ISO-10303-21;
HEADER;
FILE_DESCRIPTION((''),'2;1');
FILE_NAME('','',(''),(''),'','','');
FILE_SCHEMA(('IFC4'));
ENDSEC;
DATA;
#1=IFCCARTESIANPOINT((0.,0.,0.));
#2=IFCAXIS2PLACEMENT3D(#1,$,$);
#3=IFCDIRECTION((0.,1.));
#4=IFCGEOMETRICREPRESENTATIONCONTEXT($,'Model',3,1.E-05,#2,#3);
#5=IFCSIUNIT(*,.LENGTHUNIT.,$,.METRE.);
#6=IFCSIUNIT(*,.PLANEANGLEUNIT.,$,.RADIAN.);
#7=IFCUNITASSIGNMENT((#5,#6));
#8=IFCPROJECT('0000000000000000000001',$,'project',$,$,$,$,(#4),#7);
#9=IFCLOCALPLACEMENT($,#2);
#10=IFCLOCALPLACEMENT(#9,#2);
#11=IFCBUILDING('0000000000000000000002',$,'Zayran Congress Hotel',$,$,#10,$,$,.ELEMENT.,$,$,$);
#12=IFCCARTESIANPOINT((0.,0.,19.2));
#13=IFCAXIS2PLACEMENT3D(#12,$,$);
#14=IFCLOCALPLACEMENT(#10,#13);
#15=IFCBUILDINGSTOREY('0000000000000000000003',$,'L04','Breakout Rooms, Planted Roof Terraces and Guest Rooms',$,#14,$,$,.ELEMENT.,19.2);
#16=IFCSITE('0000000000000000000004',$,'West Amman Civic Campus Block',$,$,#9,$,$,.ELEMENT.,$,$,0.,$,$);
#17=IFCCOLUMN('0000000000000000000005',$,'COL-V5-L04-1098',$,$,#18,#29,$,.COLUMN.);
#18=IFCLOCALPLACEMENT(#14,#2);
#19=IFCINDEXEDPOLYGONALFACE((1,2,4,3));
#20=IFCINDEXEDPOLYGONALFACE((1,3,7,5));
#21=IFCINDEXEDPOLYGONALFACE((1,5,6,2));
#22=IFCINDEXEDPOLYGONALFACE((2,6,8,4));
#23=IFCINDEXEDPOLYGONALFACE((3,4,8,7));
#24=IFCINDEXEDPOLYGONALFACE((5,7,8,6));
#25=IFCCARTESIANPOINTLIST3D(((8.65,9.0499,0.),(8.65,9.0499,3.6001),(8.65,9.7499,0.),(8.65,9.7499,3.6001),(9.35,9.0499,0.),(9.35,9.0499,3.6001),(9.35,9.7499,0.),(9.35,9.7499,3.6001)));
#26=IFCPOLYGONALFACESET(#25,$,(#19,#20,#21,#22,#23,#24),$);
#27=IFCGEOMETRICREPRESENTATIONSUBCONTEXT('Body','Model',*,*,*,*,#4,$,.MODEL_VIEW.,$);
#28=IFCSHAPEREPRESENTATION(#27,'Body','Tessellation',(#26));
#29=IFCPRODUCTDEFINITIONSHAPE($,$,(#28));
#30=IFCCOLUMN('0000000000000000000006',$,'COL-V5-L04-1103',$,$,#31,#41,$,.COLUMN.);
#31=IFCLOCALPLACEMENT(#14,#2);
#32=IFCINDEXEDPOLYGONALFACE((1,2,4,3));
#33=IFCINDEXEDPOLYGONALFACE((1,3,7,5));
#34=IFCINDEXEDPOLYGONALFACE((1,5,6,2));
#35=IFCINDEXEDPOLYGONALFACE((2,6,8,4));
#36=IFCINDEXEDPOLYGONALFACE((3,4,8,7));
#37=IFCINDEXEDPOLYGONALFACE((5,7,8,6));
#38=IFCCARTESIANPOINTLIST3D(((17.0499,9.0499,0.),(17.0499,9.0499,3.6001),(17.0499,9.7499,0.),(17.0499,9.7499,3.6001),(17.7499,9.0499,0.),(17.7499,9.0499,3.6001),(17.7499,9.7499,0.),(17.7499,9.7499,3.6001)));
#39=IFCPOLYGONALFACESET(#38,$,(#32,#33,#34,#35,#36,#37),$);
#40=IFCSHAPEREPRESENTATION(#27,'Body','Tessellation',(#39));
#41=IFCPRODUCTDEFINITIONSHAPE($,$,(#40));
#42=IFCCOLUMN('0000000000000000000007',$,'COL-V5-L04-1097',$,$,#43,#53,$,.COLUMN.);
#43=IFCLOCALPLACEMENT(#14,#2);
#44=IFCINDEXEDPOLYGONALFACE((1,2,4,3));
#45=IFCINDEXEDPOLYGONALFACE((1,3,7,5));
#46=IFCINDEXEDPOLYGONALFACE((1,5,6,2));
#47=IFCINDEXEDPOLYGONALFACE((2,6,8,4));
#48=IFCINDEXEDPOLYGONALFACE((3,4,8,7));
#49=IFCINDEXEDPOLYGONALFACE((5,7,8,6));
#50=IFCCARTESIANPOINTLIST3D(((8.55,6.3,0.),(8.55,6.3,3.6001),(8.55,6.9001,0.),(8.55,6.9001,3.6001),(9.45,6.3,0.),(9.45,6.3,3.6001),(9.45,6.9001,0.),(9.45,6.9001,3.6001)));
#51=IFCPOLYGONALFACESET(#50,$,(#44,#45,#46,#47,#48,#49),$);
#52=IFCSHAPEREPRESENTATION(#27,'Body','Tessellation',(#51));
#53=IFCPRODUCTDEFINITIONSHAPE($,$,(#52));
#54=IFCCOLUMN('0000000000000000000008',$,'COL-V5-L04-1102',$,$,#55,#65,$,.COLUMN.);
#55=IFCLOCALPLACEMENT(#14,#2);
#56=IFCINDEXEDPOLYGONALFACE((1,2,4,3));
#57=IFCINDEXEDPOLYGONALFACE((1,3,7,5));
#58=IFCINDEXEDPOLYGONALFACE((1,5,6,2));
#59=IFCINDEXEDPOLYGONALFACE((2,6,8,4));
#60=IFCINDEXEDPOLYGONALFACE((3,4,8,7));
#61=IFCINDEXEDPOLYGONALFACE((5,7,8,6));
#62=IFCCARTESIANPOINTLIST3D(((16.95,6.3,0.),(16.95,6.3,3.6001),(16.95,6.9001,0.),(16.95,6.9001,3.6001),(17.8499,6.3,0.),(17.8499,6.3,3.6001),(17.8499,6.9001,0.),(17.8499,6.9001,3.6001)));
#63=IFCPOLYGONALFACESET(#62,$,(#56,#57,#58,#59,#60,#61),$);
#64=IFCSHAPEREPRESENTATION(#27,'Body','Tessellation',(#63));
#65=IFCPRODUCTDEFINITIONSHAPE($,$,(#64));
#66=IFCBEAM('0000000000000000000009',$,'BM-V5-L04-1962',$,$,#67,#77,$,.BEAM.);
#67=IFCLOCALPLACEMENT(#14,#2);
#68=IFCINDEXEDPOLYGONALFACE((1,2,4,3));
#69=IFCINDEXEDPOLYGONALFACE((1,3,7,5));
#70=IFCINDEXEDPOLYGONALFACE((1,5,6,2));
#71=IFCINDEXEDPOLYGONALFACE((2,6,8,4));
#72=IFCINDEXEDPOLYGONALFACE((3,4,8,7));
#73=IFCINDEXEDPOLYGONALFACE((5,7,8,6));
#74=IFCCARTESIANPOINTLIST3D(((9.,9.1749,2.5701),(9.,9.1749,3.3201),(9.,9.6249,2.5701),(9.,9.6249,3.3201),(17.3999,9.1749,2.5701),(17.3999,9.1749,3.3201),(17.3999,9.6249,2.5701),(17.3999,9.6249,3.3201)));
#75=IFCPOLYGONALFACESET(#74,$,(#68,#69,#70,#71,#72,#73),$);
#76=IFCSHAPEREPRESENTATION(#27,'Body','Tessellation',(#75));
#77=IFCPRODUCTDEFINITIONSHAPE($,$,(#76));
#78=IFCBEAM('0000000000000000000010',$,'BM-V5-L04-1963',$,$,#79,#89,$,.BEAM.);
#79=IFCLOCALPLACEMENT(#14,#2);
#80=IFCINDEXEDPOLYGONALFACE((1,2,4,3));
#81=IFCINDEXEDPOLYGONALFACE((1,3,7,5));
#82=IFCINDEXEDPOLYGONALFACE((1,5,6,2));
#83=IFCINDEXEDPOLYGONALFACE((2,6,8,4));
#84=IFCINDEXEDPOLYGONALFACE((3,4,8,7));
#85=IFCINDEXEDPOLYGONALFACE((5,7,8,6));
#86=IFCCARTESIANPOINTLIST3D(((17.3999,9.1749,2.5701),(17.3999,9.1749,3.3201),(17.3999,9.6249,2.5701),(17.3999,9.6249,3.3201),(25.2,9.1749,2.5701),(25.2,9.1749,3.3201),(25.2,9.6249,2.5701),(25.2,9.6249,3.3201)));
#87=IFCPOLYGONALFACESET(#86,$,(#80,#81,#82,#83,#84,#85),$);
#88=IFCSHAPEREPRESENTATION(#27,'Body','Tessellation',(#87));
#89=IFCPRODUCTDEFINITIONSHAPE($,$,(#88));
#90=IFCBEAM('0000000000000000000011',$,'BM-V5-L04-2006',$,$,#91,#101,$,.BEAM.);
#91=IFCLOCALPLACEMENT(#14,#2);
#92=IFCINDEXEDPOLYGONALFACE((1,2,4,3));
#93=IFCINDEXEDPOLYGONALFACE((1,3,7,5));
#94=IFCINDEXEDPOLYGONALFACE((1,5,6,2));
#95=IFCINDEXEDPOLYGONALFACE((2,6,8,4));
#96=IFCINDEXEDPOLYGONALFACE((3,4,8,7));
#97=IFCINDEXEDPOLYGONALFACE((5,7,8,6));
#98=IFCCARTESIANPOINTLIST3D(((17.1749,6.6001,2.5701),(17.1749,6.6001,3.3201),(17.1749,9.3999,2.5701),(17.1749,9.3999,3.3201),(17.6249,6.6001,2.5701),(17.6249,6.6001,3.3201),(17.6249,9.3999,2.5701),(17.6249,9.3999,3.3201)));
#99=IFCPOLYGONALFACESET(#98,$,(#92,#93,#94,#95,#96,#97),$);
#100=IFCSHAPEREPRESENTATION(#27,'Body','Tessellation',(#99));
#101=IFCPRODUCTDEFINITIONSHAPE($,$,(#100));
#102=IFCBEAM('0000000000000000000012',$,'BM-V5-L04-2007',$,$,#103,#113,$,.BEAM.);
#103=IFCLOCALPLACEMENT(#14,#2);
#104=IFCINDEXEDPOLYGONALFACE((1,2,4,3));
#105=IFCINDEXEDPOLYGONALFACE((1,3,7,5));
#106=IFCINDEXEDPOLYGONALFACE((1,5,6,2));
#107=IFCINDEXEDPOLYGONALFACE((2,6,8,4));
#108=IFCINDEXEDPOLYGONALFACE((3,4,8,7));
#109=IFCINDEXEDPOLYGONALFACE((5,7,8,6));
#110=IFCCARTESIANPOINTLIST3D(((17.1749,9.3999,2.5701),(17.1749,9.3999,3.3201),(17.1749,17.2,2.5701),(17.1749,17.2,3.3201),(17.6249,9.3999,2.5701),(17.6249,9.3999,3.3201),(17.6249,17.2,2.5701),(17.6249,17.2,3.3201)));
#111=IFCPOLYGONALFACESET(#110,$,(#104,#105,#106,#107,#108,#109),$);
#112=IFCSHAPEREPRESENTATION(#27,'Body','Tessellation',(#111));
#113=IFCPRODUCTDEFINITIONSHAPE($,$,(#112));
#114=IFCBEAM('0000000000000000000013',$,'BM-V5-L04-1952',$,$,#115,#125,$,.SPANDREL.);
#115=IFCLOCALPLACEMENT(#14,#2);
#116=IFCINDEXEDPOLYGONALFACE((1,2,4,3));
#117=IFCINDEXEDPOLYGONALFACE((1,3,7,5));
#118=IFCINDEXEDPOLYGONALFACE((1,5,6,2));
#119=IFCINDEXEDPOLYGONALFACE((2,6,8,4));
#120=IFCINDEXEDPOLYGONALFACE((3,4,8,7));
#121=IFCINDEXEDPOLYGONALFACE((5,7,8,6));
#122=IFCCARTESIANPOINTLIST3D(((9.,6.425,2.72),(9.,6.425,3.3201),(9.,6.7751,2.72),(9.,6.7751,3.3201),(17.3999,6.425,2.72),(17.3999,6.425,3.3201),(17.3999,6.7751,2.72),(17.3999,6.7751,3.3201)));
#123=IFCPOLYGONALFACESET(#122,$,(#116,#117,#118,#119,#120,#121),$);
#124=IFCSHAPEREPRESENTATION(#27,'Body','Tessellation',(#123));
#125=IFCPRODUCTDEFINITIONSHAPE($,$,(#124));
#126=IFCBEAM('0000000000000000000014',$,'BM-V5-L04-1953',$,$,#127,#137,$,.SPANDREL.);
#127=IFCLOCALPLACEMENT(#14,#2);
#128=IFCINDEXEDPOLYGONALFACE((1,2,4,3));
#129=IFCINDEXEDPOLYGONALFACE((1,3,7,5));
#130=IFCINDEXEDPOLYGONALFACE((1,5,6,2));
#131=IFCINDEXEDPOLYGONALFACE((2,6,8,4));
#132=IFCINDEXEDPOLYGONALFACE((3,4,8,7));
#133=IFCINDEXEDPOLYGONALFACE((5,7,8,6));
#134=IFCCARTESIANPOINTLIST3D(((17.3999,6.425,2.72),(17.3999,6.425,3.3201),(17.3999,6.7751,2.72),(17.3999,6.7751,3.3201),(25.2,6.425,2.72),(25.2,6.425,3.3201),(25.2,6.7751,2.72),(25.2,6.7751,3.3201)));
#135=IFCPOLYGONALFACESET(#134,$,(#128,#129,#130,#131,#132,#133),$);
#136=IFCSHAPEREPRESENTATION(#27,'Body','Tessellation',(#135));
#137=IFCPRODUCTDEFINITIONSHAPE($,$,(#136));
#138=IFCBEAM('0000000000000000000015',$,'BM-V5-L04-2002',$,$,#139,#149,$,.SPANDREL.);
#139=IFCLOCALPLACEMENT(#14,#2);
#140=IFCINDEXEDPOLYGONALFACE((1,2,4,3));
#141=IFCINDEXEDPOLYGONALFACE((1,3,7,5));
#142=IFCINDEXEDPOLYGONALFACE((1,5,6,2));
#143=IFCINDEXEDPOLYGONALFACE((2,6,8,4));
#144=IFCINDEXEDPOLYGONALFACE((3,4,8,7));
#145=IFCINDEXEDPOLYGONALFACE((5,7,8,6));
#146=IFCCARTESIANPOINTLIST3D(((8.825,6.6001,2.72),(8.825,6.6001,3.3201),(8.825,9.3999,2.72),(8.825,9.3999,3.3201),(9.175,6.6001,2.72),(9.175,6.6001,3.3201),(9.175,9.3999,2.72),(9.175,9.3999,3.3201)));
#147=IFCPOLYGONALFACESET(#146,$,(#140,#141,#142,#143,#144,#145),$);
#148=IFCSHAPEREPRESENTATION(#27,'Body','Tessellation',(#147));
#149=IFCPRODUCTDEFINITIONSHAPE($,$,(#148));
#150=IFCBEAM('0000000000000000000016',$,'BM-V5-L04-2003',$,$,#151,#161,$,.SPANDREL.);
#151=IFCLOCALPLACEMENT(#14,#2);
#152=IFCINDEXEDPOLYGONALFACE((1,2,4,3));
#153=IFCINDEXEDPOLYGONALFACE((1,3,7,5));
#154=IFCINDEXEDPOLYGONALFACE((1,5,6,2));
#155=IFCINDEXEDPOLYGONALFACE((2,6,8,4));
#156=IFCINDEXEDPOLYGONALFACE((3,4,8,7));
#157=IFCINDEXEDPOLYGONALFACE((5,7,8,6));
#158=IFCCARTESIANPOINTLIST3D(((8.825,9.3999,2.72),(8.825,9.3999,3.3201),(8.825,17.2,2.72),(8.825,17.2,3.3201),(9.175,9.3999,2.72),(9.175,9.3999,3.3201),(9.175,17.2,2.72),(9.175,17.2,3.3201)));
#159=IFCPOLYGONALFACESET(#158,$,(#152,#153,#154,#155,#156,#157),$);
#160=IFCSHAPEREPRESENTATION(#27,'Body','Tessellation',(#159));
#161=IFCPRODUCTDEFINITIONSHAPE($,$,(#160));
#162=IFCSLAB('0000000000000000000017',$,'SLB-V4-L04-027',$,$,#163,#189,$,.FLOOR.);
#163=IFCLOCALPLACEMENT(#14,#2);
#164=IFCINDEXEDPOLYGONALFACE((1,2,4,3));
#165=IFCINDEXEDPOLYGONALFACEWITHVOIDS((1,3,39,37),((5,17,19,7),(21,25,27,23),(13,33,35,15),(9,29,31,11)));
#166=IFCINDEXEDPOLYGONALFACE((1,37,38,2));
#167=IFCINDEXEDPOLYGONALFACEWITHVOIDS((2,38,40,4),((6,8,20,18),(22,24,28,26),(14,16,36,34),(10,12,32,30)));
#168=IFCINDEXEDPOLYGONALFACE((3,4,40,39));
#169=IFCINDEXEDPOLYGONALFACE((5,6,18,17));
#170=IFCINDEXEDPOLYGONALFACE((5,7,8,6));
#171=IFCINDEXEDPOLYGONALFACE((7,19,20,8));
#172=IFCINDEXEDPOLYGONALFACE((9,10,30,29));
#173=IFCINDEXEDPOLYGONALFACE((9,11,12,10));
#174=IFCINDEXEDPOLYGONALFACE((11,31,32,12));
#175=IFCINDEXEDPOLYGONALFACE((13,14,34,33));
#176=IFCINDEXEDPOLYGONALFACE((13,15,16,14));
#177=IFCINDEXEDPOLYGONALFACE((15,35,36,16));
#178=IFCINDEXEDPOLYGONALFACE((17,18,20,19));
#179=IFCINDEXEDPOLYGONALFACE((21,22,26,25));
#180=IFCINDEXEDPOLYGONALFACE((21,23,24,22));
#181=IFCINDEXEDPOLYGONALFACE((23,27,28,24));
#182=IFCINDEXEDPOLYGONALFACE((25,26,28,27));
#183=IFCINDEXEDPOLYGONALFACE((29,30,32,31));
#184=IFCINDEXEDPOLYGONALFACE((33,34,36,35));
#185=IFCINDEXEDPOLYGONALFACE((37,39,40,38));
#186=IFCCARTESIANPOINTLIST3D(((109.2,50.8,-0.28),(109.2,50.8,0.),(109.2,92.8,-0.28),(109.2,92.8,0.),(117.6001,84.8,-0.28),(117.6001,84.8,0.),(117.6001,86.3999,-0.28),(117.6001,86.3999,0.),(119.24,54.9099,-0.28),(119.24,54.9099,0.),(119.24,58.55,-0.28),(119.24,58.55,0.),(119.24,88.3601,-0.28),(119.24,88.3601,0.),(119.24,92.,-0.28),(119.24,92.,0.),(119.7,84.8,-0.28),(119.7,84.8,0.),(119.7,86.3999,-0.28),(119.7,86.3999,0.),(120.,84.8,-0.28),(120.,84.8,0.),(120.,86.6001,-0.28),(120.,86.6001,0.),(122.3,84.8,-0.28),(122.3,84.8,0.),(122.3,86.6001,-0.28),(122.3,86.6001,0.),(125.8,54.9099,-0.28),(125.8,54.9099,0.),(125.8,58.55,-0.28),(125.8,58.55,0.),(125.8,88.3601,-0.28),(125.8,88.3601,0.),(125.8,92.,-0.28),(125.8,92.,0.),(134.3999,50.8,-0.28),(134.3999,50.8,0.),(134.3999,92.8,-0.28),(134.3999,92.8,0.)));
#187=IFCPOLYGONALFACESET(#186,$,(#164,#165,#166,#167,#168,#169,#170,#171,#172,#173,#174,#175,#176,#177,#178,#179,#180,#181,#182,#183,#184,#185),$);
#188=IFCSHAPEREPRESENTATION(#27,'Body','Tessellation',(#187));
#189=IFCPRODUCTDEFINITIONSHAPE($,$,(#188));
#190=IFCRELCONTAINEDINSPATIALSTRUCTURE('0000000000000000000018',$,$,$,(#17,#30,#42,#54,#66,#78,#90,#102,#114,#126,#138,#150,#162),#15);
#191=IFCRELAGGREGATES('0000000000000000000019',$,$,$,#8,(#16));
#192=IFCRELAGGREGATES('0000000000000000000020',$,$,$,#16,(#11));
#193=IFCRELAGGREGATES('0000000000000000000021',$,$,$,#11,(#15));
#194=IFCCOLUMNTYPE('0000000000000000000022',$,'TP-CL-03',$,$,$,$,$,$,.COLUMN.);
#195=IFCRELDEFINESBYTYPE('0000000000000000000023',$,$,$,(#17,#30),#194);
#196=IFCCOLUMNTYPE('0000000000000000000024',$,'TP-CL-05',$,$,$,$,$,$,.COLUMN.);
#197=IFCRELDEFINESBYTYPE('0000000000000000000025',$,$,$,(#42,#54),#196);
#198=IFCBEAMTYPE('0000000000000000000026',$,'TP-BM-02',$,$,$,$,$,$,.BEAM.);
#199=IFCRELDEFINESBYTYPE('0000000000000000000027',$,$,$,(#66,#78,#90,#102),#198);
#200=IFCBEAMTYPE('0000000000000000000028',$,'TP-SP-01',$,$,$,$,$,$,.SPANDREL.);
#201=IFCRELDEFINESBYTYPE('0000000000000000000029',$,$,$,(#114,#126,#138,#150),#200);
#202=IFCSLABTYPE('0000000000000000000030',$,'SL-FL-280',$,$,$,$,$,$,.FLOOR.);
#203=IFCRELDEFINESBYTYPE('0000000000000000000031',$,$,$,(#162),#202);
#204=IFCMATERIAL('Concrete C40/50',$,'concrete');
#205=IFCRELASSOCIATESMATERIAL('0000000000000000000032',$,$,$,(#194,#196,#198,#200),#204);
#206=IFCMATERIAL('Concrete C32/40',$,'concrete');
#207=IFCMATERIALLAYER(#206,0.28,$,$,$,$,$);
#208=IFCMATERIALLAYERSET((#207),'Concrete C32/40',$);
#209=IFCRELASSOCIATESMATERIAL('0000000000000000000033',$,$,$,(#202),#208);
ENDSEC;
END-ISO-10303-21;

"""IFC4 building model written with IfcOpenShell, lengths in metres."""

from ifc_helpers import new_model, si_unit, direction, frame, origin, origin_2d, place, context, subcontext, project, spatial, polyline, rectangle, outline, extrude, material, layer, layer_set, material_profile, profile_set, type_object, element, save


model = new_model("IFC4")

# Units and contexts
model_context = context("Model", 3, precision=1e-05, world=origin(), true_north=direction((0.0, 1.0)))
body_context = subcontext(model_context, "Body", "Model", "MODEL_VIEW")
ifc_project = project(units=[si_unit("LENGTHUNIT", "METRE"), si_unit("PLANEANGLEUNIT", "RADIAN")], contexts=[model_context])

# Site, building, storey
site_placement = place(None, origin())
site = spatial("IfcSite", under=ifc_project, at=site_placement, Name="West Amman Civic Campus Block", CompositionType="ELEMENT", RefElevation=0.0)
building_placement = place(site_placement, origin())
building = spatial("IfcBuilding", under=site, at=building_placement, Name="Zayran Congress Hotel", CompositionType="ELEMENT")
storey_placement = place(building_placement, frame((0.0, 0.0, 19.2)))
storey = spatial("IfcBuildingStorey", under=building, at=storey_placement, Name="L04", Description="Breakout Rooms, Planted Roof Terraces and Guest Rooms", CompositionType="ELEMENT", Elevation=19.2)

# Columns
ifc_material_1 = material(Name="Concrete C40/50", Category="concrete")
ifc_material_profile_1 = material_profile(ifc_material_1, rectangle(XDim=0.7, YDim=0.7, at=origin_2d()), Name="RC 700x700")
ifc_profile_set_1 = profile_set([ifc_material_profile_1], Name="Concrete C40/50")
column_type_1 = type_object("IfcColumnType", Name="TP-CL-03", PredefinedType="COLUMN", material=ifc_profile_set_1)
for number, where, z_axis, x_axis, name in (
    (1, (9.0, 9.3999, 0.0), (0.0, 0.0, 1.0), (1.0, 0.0, 0.0), "COL-V5-L04-1098"),
    (2, (17.3999, 9.3999, 0.0), (0.0, 0.0, 1.0), (1.0, 0.0, 0.0), "COL-V5-L04-1103"),
):
    element("IfcColumn", number, at=place(storey_placement, frame(where, z_axis=z_axis, x_axis=x_axis)), inside=storey, type_object=column_type_1, Name=name, PredefinedType="COLUMN", context=body_context, shape_type="SweptSolid", body=[
        extrude(rectangle(XDim=0.7, YDim=0.7, at=origin_2d()), origin(), (0.0, 0.0, 1.0), 3.6001),
    ])
ifc_material_profile_2 = material_profile(ifc_material_1, rectangle(XDim=0.6001, YDim=0.8999, at=origin_2d()), Name="RC 900x600")
ifc_profile_set_2 = profile_set([ifc_material_profile_2], Name="Concrete C40/50")
column_type_2 = type_object("IfcColumnType", Name="TP-CL-05", PredefinedType="COLUMN", material=ifc_profile_set_2)
for number, where, z_axis, x_axis, name in (
    (3, (9.0, 6.6001, 0.0), (0.0, 0.0, 1.0), (0.0, 1.0, 0.0), "COL-V5-L04-1097"),
    (4, (17.3999, 6.6001, 0.0), (0.0, 0.0, 1.0), (0.0, 1.0, 0.0), "COL-V5-L04-1102"),
):
    element("IfcColumn", number, at=place(storey_placement, frame(where, z_axis=z_axis, x_axis=x_axis)), inside=storey, type_object=column_type_2, Name=name, PredefinedType="COLUMN", context=body_context, shape_type="SweptSolid", body=[
        extrude(rectangle(XDim=0.6001, YDim=0.8999, at=origin_2d()), origin(), (0.0, 0.0, 1.0), 3.6001),
    ])

# Beams
ifc_material_profile_3 = material_profile(ifc_material_1, rectangle(XDim=0.45, YDim=0.75, at=origin_2d()), Name="RC 450x750")
ifc_profile_set_3 = profile_set([ifc_material_profile_3], Name="Concrete C40/50")
beam_type_1 = type_object("IfcBeamType", Name="TP-BM-02", PredefinedType="BEAM", material=ifc_profile_set_3)
beam_1_placement = place(storey_placement, frame((9.0, 9.3999, 2.9451), z_axis=(1.0, 0.0, 0.0), x_axis=(0.0, 1.0, 0.0)))
element("IfcBeam", 5, at=beam_1_placement, inside=storey, type_object=beam_type_1, Name="BM-V5-L04-1962", PredefinedType="BEAM", context=body_context, shape_type="SweptSolid", body=[
    extrude(rectangle(XDim=0.45, YDim=0.75, at=origin_2d()), origin(), (0.0, 0.0, 1.0), 8.3999),
])
beam_2_placement = place(storey_placement, frame((17.3999, 9.3999, 2.9451), z_axis=(1.0, 0.0, 0.0), x_axis=(0.0, 1.0, 0.0)))
element("IfcBeam", 6, at=beam_2_placement, inside=storey, type_object=beam_type_1, Name="BM-V5-L04-1963", PredefinedType="BEAM", context=body_context, shape_type="SweptSolid", body=[
    extrude(rectangle(XDim=0.45, YDim=0.75, at=origin_2d()), origin(), (0.0, 0.0, 1.0), 7.8),
])
beam_3_placement = place(storey_placement, frame((17.3999, 6.6001, 2.9451), z_axis=(0.0, 1.0, 0.0), x_axis=(-1.0, 0.0, 0.0)))
element("IfcBeam", 7, at=beam_3_placement, inside=storey, type_object=beam_type_1, Name="BM-V5-L04-2006", PredefinedType="BEAM", context=body_context, shape_type="SweptSolid", body=[
    extrude(rectangle(XDim=0.45, YDim=0.75, at=origin_2d()), origin(), (0.0, 0.0, 1.0), 2.7998),
])
beam_4_placement = place(storey_placement, frame((17.3999, 9.3999, 2.9451), z_axis=(0.0, 1.0, 0.0), x_axis=(-1.0, 0.0, 0.0)))
element("IfcBeam", 8, at=beam_4_placement, inside=storey, type_object=beam_type_1, Name="BM-V5-L04-2007", PredefinedType="BEAM", context=body_context, shape_type="SweptSolid", body=[
    extrude(rectangle(XDim=0.45, YDim=0.75, at=origin_2d()), origin(), (0.0, 0.0, 1.0), 7.8),
])
ifc_material_profile_4 = material_profile(ifc_material_1, rectangle(XDim=0.3501, YDim=0.6001, at=origin_2d()), Name="RC 350x600")
ifc_profile_set_4 = profile_set([ifc_material_profile_4], Name="Concrete C40/50")
beam_type_2 = type_object("IfcBeamType", Name="TP-SP-01", PredefinedType="SPANDREL", material=ifc_profile_set_4)
beam_5_placement = place(storey_placement, frame((9.0, 6.6001, 3.02), z_axis=(1.0, 0.0, 0.0), x_axis=(0.0, 1.0, 0.0)))
element("IfcBeam", 9, at=beam_5_placement, inside=storey, type_object=beam_type_2, Name="BM-V5-L04-1952", PredefinedType="SPANDREL", context=body_context, shape_type="SweptSolid", body=[
    extrude(rectangle(XDim=0.3501, YDim=0.6001, at=origin_2d()), origin(), (0.0, 0.0, 1.0), 8.3999),
])
beam_6_placement = place(storey_placement, frame((17.3999, 6.6001, 3.02), z_axis=(1.0, 0.0, 0.0), x_axis=(0.0, 1.0, 0.0)))
element("IfcBeam", 10, at=beam_6_placement, inside=storey, type_object=beam_type_2, Name="BM-V5-L04-1953", PredefinedType="SPANDREL", context=body_context, shape_type="SweptSolid", body=[
    extrude(rectangle(XDim=0.3501, YDim=0.6001, at=origin_2d()), origin(), (0.0, 0.0, 1.0), 7.8),
])
beam_7_placement = place(storey_placement, frame((9.0, 6.6001, 3.02), z_axis=(0.0, 1.0, 0.0), x_axis=(-1.0, 0.0, 0.0)))
element("IfcBeam", 11, at=beam_7_placement, inside=storey, type_object=beam_type_2, Name="BM-V5-L04-2002", PredefinedType="SPANDREL", context=body_context, shape_type="SweptSolid", body=[
    extrude(rectangle(XDim=0.3501, YDim=0.6001, at=origin_2d()), origin(), (0.0, 0.0, 1.0), 2.7998),
])
beam_8_placement = place(storey_placement, frame((9.0, 9.3999, 3.02), z_axis=(0.0, 1.0, 0.0), x_axis=(-1.0, 0.0, 0.0)))
element("IfcBeam", 12, at=beam_8_placement, inside=storey, type_object=beam_type_2, Name="BM-V5-L04-2003", PredefinedType="SPANDREL", context=body_context, shape_type="SweptSolid", body=[
    extrude(rectangle(XDim=0.3501, YDim=0.6001, at=origin_2d()), origin(), (0.0, 0.0, 1.0), 7.8),
])

# Slab
ifc_material_2 = material(Name="Concrete C32/40", Category="concrete")
ifc_layer_1 = layer(ifc_material_2, 0.28)
ifc_layer_set_1 = layer_set([ifc_layer_1], Name="Concrete C32/40")
slab_type_1 = type_object("IfcSlabType", Name="SL-FL-280", PredefinedType="FLOOR", material=ifc_layer_set_1)
slab_1_placement = place(storey_placement, frame((0.0, 0.0, -0.28)))
element("IfcSlab", 13, at=slab_1_placement, inside=storey, type_object=slab_type_1, Name="SLB-V4-L04-027", PredefinedType="FLOOR", context=body_context, shape_type="SweptSolid", body=[
    extrude(outline(polyline([(109.2, 50.8), (134.3999, 50.8), (134.3999, 92.8), (109.2, 92.8), (109.2, 50.8)]), holes=[polyline([(119.24, 88.3601), (125.8, 88.3601), (125.8, 92.0), (119.24, 92.0), (119.24, 88.3601)]), polyline([(117.6001, 84.8), (119.7, 84.8), (119.7, 86.3999), (117.6001, 86.3999), (117.6001, 84.8)]), polyline([(120.0, 84.8), (122.3, 84.8), (122.3, 86.6001), (120.0, 86.6001), (120.0, 84.8)]), polyline([(119.24, 54.9099), (125.8, 54.9099), (125.8, 58.55), (119.24, 58.55), (119.24, 54.9099)])]), origin(), (0.0, 0.0, 1.0), 0.28),
])

save(model, "model.ifc")
